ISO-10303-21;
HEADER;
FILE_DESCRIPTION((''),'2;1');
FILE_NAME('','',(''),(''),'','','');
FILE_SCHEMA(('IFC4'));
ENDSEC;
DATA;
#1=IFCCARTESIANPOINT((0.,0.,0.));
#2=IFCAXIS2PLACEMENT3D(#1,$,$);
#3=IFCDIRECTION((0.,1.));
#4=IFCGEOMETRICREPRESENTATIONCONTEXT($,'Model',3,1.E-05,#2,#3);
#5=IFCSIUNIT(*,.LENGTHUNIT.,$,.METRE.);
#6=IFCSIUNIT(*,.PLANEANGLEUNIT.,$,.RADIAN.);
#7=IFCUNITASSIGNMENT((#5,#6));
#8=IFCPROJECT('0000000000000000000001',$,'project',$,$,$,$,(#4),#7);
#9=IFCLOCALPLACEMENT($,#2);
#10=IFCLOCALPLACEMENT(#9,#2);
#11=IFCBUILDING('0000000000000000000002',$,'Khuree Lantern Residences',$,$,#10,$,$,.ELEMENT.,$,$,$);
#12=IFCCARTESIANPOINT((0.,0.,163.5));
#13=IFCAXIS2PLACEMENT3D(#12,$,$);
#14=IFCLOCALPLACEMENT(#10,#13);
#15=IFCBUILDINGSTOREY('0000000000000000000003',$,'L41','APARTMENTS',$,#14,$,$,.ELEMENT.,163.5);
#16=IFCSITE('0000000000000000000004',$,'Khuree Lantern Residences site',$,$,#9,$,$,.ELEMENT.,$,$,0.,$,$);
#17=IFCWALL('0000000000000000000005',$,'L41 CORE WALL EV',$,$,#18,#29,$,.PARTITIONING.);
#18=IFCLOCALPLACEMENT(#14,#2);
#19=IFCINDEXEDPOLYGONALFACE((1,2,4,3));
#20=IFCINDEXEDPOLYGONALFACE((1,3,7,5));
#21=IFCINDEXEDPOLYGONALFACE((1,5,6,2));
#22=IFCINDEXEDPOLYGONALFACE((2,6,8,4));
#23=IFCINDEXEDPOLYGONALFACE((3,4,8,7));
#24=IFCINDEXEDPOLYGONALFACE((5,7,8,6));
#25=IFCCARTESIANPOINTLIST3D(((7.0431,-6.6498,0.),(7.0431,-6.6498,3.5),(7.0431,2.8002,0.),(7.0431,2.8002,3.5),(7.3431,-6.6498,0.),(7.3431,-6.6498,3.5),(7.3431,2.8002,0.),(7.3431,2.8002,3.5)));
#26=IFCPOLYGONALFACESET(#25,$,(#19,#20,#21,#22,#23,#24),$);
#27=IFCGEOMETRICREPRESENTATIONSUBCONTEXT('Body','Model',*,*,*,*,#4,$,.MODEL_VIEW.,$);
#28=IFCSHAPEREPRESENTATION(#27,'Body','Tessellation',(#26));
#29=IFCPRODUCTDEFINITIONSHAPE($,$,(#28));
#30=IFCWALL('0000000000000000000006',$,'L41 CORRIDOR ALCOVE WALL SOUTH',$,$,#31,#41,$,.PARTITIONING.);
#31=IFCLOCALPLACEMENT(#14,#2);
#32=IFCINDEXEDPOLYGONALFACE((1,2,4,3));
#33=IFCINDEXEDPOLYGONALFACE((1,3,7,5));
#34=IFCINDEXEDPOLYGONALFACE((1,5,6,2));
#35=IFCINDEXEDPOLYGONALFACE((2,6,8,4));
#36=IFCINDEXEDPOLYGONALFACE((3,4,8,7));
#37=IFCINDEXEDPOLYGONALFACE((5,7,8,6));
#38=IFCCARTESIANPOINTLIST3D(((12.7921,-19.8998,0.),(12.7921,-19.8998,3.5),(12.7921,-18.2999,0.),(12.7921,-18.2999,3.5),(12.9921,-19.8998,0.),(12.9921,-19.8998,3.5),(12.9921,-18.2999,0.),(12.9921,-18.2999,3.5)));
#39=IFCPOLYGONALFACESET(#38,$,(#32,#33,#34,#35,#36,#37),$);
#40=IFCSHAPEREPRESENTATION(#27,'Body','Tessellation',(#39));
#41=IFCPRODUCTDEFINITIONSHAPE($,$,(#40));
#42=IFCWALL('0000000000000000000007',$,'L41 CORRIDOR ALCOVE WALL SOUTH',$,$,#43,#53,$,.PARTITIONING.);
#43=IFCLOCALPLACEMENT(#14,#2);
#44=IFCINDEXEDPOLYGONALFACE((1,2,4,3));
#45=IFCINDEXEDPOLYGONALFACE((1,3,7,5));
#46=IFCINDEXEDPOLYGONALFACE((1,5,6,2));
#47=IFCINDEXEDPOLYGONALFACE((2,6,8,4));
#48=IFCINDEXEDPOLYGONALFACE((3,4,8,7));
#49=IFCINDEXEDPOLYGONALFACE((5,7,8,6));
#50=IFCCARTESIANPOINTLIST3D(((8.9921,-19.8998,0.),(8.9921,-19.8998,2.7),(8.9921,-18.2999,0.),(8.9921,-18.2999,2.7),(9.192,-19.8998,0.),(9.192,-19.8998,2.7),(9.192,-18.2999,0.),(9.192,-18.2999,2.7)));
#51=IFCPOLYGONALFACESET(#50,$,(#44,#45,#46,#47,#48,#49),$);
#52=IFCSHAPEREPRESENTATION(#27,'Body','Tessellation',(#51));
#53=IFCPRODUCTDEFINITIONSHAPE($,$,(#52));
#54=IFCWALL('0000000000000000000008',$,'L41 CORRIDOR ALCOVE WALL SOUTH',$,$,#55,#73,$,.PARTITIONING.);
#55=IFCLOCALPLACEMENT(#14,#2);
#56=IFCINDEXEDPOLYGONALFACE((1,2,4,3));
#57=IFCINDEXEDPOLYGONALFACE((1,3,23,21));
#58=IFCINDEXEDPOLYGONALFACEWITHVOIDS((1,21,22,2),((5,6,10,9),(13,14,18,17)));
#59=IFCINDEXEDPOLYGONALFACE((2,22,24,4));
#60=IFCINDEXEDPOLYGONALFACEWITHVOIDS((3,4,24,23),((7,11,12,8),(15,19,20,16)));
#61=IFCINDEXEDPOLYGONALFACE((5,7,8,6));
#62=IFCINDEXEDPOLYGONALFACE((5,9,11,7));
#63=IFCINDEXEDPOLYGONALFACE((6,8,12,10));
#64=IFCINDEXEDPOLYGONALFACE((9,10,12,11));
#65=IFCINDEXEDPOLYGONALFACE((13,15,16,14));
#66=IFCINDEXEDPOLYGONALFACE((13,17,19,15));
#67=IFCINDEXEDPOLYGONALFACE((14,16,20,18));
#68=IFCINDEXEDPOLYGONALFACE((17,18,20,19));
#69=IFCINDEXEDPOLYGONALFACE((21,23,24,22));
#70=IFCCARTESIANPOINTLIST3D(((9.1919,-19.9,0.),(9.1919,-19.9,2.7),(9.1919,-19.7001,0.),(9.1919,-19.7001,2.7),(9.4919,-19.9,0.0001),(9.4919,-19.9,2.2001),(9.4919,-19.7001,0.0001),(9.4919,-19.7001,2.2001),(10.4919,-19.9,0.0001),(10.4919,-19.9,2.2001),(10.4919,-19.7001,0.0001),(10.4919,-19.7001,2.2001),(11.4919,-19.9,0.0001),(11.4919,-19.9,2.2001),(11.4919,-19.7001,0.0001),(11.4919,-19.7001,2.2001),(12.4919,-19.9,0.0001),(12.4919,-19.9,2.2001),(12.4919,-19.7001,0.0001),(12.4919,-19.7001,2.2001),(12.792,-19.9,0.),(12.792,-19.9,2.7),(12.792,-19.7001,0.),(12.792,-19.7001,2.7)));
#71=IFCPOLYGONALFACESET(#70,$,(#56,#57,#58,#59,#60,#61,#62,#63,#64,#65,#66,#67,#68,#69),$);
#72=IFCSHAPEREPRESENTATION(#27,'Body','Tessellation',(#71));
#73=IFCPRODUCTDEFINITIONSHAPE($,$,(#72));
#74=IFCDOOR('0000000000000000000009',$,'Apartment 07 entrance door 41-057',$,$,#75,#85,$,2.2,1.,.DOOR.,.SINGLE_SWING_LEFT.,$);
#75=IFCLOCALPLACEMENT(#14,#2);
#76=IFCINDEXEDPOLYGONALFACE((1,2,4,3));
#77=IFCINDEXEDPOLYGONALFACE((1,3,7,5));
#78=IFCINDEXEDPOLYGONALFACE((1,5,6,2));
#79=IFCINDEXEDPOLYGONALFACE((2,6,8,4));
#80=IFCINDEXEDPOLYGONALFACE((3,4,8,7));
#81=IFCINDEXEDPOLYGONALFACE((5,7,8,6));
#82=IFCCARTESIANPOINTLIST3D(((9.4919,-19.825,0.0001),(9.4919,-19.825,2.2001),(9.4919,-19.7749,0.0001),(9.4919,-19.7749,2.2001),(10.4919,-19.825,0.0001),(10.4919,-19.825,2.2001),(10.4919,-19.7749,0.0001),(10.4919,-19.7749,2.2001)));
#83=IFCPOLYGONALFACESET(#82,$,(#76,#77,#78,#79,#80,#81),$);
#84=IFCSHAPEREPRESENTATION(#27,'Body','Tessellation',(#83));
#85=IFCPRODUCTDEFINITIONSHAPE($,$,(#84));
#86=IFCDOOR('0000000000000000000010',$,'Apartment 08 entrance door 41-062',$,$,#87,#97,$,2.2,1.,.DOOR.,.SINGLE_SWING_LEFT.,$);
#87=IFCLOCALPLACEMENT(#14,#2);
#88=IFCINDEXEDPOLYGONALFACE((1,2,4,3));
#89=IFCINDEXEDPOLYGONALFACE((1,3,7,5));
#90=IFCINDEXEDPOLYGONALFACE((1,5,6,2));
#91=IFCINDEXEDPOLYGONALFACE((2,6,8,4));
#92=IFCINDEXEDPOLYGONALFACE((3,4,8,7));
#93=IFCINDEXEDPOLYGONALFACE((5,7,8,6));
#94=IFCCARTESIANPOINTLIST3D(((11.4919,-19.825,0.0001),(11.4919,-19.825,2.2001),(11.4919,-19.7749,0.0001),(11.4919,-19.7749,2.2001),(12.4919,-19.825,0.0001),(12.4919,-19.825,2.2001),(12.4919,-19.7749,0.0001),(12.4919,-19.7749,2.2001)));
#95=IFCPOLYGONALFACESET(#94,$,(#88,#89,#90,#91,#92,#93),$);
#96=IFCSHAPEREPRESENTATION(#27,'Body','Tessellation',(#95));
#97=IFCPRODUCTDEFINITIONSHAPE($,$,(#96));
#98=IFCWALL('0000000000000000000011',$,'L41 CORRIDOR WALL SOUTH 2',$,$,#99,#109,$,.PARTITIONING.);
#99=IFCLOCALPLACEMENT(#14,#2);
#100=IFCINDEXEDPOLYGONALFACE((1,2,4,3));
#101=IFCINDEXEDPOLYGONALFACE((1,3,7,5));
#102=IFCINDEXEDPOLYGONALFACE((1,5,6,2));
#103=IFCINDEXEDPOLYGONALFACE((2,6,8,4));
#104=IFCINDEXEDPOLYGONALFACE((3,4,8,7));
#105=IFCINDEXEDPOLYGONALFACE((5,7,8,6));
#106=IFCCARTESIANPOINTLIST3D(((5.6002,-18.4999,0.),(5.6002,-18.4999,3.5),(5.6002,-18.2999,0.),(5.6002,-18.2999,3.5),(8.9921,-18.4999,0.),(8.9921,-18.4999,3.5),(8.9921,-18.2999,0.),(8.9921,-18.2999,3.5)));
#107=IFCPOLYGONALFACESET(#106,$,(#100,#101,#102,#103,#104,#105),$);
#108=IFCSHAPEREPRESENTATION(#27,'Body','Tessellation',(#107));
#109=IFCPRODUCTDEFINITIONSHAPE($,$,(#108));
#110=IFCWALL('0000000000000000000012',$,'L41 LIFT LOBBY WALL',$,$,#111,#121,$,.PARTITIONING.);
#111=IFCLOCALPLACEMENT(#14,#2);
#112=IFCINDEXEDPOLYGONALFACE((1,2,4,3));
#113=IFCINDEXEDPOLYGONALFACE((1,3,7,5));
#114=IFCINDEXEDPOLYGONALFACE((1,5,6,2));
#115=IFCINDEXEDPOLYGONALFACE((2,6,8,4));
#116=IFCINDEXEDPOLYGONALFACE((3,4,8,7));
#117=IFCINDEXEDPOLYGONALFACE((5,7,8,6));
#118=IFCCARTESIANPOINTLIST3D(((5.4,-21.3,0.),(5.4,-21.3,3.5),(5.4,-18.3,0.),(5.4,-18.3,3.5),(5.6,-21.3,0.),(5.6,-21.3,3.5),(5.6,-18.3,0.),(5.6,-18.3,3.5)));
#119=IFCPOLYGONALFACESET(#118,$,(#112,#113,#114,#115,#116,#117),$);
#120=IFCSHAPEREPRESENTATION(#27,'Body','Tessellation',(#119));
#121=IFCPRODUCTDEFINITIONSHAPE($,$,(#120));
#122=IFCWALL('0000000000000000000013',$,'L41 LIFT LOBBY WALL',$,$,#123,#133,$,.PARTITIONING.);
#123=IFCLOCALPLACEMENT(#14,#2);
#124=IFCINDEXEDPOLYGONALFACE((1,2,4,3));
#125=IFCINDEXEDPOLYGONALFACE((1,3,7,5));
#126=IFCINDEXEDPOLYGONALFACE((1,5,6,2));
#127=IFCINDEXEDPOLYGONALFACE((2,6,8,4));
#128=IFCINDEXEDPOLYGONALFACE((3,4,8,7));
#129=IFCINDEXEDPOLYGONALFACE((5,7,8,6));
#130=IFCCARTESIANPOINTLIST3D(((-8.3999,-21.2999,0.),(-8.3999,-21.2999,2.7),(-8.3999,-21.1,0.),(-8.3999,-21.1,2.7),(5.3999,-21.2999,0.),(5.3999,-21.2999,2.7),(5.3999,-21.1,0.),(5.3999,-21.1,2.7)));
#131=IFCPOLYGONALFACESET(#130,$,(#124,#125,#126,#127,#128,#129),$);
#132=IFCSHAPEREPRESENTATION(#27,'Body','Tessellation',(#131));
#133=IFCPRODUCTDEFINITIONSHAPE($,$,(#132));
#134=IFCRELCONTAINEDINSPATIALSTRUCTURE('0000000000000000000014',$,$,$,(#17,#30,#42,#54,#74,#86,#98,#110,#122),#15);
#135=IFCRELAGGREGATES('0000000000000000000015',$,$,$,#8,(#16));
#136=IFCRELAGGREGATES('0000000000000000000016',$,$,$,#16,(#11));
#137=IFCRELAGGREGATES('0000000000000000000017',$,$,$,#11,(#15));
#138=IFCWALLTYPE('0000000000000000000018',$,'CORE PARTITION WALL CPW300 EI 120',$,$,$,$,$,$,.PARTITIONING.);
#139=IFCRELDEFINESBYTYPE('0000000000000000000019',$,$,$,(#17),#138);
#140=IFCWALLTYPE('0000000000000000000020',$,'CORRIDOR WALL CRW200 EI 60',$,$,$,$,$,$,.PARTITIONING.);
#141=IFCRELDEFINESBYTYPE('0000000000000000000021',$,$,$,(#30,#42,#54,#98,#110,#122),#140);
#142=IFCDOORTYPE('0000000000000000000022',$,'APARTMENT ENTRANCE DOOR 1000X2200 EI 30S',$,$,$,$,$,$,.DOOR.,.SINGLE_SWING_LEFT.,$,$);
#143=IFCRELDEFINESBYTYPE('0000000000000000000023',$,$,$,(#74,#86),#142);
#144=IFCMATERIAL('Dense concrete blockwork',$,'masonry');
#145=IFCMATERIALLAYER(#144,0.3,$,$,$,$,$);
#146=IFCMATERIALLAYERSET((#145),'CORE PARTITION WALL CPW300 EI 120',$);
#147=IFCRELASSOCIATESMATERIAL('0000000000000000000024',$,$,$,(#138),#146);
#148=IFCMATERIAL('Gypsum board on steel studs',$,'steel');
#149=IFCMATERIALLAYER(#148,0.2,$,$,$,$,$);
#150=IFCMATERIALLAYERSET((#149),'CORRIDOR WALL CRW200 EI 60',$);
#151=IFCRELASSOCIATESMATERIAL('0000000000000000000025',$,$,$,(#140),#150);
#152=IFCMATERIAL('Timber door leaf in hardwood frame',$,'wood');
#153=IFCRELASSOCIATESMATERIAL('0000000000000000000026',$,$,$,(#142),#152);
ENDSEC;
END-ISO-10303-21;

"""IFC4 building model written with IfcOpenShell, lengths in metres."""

from ifc_helpers import new_model, si_unit, direction, frame, frame_2d, origin, place, context, subcontext, project, spatial, rectangle, extrude, material, layer, layer_set, type_object, element, fill, save


model = new_model("IFC4")

# Units and contexts
model_context = context("Model", 3, precision=1e-05, world=origin(), true_north=direction((0.0, 1.0)))
body_context = subcontext(model_context, "Body", "Model", "MODEL_VIEW")
ifc_project = project(units=[si_unit("LENGTHUNIT", "METRE"), si_unit("PLANEANGLEUNIT", "RADIAN")], contexts=[model_context])

# Site, building, storey
site_placement = place(None, origin())
site = spatial("IfcSite", under=ifc_project, at=site_placement, Name="Khuree Lantern Residences site", CompositionType="ELEMENT", RefElevation=0.0)
building_placement = place(site_placement, origin())
building = spatial("IfcBuilding", under=site, at=building_placement, Name="Khuree Lantern Residences", CompositionType="ELEMENT")
storey_placement = place(building_placement, frame((0.0, 0.0, 163.5)))
storey = spatial("IfcBuildingStorey", under=building, at=storey_placement, Name="L41", Description="APARTMENTS", CompositionType="ELEMENT", Elevation=163.5)

# Shared definitions
ifc_material_1 = material(Name="Dense concrete blockwork", Category="masonry")
ifc_layer_1 = layer(ifc_material_1, 0.3)
ifc_layer_set_1 = layer_set([ifc_layer_1], Name="CORE PARTITION WALL CPW300 EI 120")
wall_type_1 = type_object("IfcWallType", Name="CORE PARTITION WALL CPW300 EI 120", PredefinedType="PARTITIONING", material=ifc_layer_set_1)

# Shared definitions
ifc_material_2 = material(Name="Timber door leaf in hardwood frame", Category="wood")

# Walls
wall_1_placement = place(storey_placement, frame((7.1931, -6.6499, 0.0), z_axis=(0.0, 0.0, 1.0), x_axis=(0.0, 1.0, 0.0)))
element("IfcWall", 1, at=wall_1_placement, inside=storey, type_object=wall_type_1, Name="L41 CORE WALL EV", PredefinedType="PARTITIONING", context=body_context, shape_type="SweptSolid", body=[
    extrude(rectangle(XDim=9.45, YDim=0.3, at=frame_2d((4.7251, 0.0))), origin(), (0.0, 0.0, 1.0), 3.5),
])
ifc_material_3 = material(Name="Gypsum board on steel studs", Category="steel")
ifc_layer_2 = layer(ifc_material_3, 0.2)
ifc_layer_set_2 = layer_set([ifc_layer_2], Name="CORRIDOR WALL CRW200 EI 60")
wall_type_2 = type_object("IfcWallType", Name="CORRIDOR WALL CRW200 EI 60", PredefinedType="PARTITIONING", material=ifc_layer_set_2)
wall_2_placement = place(storey_placement, frame((12.8921, -18.3, 0.0), z_axis=(0.0, 0.0, 1.0), x_axis=(0.0, -1.0, 0.0)))
element("IfcWall", 2, at=wall_2_placement, inside=storey, type_object=wall_type_2, Name="L41 CORRIDOR ALCOVE WALL SOUTH", PredefinedType="PARTITIONING", context=body_context, shape_type="SweptSolid", body=[
    extrude(rectangle(XDim=1.5999, YDim=0.2, at=frame_2d((0.7998, 0.0))), origin(), (0.0, 0.0, 1.0), 3.5),
])
wall_3_placement = place(storey_placement, frame((9.092, -18.3, 0.0), z_axis=(0.0, 0.0, 1.0), x_axis=(0.0, -1.0, 0.0)))
element("IfcWall", 3, at=wall_3_placement, inside=storey, type_object=wall_type_2, Name="L41 CORRIDOR ALCOVE WALL SOUTH", PredefinedType="PARTITIONING", context=body_context, shape_type="SweptSolid", body=[
    extrude(rectangle(XDim=1.5999, YDim=0.2, at=frame_2d((0.7998, 0.0))), origin(), (0.0, 0.0, 1.0), 2.7),
])

# Wall, openings, doors
wall_4_placement = place(storey_placement, frame((12.792, -19.8, 0.0), z_axis=(0.0, 0.0, 1.0), x_axis=(-1.0, 0.0, 0.0)))
wall_4 = element("IfcWall", 4, at=wall_4_placement, inside=storey, type_object=wall_type_2, Name="L41 CORRIDOR ALCOVE WALL SOUTH", PredefinedType="PARTITIONING", context=body_context, shape_type="SweptSolid", body=[
    extrude(rectangle(XDim=3.6001, YDim=0.2, at=frame_2d((1.8, 0.0))), origin(), (0.0, 0.0, 1.0), 2.7),
])
opening_1_placement = place(wall_4_placement, frame((2.3, 0.0, 0.0)))
opening_1 = element("IfcOpeningElement", 5, at=opening_1_placement, cuts=wall_4, PredefinedType="OPENING", context=body_context, shape_type="SweptSolid", body=[
    extrude(rectangle(XDim=1.0, YDim=2.2, at=frame_2d((0.5, 1.1001))), frame((0.0, 0.1099, 0.0), z_axis=(0.0, -1.0, 0.0), x_axis=(1.0, 0.0, 0.0)), (0.0, 0.0, 1.0), 0.22),
])
opening_2_placement = place(wall_4_placement, frame((0.3, 0.0, 0.0)))
opening_2 = element("IfcOpeningElement", 6, at=opening_2_placement, cuts=wall_4, PredefinedType="OPENING", context=body_context, shape_type="SweptSolid", body=[
    extrude(rectangle(XDim=1.0, YDim=2.2, at=frame_2d((0.5, 1.1001))), frame((0.0, 0.1099, 0.0), z_axis=(0.0, -1.0, 0.0), x_axis=(1.0, 0.0, 0.0)), (0.0, 0.0, 1.0), 0.22),
])
door_type_1 = type_object("IfcDoorType", Name="APARTMENT ENTRANCE DOOR 1000X2200 EI 30S", OperationType="SINGLE_SWING_LEFT", PredefinedType="DOOR", material=ifc_material_2)
door_1_placement = place(opening_1_placement, origin())
door_1 = element("IfcDoor", 7, at=door_1_placement, inside=storey, type_object=door_type_1, Name="Apartment 07 entrance door 41-057", OperationType="SINGLE_SWING_LEFT", OverallHeight=2.2, OverallWidth=1.0, PredefinedType="DOOR", context=body_context, shape_type="SweptSolid", body=[
    extrude(rectangle(XDim=1.0, YDim=2.2, at=frame_2d((0.5, 1.1001))), frame((0.0, 0.0249, 0.0), z_axis=(0.0, -1.0, 0.0), x_axis=(1.0, 0.0, 0.0)), (0.0, 0.0, 1.0), 0.05),
])
fill(opening_1, door_1)
door_2_placement = place(opening_2_placement, origin())
door_2 = element("IfcDoor", 8, at=door_2_placement, inside=storey, type_object=door_type_1, Name="Apartment 08 entrance door 41-062", OperationType="SINGLE_SWING_LEFT", OverallHeight=2.2, OverallWidth=1.0, PredefinedType="DOOR", context=body_context, shape_type="SweptSolid", body=[
    extrude(rectangle(XDim=1.0, YDim=2.2, at=frame_2d((0.5, 1.1001))), frame((0.0, 0.0249, 0.0), z_axis=(0.0, -1.0, 0.0), x_axis=(1.0, 0.0, 0.0)), (0.0, 0.0, 1.0), 0.05),
])
fill(opening_2, door_2)

# Walls
wall_5_placement = place(storey_placement, frame((8.9919, -18.3999, 0.0), z_axis=(0.0, 0.0, 1.0), x_axis=(-1.0, 0.0, 0.0)))
element("IfcWall", 9, at=wall_5_placement, inside=storey, type_object=wall_type_2, Name="L41 CORRIDOR WALL SOUTH 2", PredefinedType="PARTITIONING", context=body_context, shape_type="SweptSolid", body=[
    extrude(rectangle(XDim=3.3918, YDim=0.2, at=frame_2d((1.6958, 0.0))), origin(), (0.0, 0.0, 1.0), 3.5),
])
wall_6_placement = place(storey_placement, frame((5.5, -18.3, 0.0), z_axis=(0.0, 0.0, 1.0), x_axis=(0.0, -1.0, 0.0)))
element("IfcWall", 10, at=wall_6_placement, inside=storey, type_object=wall_type_2, Name="L41 LIFT LOBBY WALL", PredefinedType="PARTITIONING", context=body_context, shape_type="SweptSolid", body=[
    extrude(rectangle(XDim=3.0, YDim=0.2, at=frame_2d((1.5, 0.0))), origin(), (0.0, 0.0, 1.0), 3.5),
])
wall_7_placement = place(storey_placement, frame((5.3999, -21.2, 0.0), z_axis=(0.0, 0.0, 1.0), x_axis=(-1.0, 0.0, 0.0)))
element("IfcWall", 11, at=wall_7_placement, inside=storey, type_object=wall_type_2, Name="L41 LIFT LOBBY WALL", PredefinedType="PARTITIONING", context=body_context, shape_type="SweptSolid", body=[
    extrude(rectangle(XDim=13.7998, YDim=0.2, at=frame_2d((6.8999, 0.0))), origin(), (0.0, 0.0, 1.0), 2.7),
])

save(model, "model.ifc")
